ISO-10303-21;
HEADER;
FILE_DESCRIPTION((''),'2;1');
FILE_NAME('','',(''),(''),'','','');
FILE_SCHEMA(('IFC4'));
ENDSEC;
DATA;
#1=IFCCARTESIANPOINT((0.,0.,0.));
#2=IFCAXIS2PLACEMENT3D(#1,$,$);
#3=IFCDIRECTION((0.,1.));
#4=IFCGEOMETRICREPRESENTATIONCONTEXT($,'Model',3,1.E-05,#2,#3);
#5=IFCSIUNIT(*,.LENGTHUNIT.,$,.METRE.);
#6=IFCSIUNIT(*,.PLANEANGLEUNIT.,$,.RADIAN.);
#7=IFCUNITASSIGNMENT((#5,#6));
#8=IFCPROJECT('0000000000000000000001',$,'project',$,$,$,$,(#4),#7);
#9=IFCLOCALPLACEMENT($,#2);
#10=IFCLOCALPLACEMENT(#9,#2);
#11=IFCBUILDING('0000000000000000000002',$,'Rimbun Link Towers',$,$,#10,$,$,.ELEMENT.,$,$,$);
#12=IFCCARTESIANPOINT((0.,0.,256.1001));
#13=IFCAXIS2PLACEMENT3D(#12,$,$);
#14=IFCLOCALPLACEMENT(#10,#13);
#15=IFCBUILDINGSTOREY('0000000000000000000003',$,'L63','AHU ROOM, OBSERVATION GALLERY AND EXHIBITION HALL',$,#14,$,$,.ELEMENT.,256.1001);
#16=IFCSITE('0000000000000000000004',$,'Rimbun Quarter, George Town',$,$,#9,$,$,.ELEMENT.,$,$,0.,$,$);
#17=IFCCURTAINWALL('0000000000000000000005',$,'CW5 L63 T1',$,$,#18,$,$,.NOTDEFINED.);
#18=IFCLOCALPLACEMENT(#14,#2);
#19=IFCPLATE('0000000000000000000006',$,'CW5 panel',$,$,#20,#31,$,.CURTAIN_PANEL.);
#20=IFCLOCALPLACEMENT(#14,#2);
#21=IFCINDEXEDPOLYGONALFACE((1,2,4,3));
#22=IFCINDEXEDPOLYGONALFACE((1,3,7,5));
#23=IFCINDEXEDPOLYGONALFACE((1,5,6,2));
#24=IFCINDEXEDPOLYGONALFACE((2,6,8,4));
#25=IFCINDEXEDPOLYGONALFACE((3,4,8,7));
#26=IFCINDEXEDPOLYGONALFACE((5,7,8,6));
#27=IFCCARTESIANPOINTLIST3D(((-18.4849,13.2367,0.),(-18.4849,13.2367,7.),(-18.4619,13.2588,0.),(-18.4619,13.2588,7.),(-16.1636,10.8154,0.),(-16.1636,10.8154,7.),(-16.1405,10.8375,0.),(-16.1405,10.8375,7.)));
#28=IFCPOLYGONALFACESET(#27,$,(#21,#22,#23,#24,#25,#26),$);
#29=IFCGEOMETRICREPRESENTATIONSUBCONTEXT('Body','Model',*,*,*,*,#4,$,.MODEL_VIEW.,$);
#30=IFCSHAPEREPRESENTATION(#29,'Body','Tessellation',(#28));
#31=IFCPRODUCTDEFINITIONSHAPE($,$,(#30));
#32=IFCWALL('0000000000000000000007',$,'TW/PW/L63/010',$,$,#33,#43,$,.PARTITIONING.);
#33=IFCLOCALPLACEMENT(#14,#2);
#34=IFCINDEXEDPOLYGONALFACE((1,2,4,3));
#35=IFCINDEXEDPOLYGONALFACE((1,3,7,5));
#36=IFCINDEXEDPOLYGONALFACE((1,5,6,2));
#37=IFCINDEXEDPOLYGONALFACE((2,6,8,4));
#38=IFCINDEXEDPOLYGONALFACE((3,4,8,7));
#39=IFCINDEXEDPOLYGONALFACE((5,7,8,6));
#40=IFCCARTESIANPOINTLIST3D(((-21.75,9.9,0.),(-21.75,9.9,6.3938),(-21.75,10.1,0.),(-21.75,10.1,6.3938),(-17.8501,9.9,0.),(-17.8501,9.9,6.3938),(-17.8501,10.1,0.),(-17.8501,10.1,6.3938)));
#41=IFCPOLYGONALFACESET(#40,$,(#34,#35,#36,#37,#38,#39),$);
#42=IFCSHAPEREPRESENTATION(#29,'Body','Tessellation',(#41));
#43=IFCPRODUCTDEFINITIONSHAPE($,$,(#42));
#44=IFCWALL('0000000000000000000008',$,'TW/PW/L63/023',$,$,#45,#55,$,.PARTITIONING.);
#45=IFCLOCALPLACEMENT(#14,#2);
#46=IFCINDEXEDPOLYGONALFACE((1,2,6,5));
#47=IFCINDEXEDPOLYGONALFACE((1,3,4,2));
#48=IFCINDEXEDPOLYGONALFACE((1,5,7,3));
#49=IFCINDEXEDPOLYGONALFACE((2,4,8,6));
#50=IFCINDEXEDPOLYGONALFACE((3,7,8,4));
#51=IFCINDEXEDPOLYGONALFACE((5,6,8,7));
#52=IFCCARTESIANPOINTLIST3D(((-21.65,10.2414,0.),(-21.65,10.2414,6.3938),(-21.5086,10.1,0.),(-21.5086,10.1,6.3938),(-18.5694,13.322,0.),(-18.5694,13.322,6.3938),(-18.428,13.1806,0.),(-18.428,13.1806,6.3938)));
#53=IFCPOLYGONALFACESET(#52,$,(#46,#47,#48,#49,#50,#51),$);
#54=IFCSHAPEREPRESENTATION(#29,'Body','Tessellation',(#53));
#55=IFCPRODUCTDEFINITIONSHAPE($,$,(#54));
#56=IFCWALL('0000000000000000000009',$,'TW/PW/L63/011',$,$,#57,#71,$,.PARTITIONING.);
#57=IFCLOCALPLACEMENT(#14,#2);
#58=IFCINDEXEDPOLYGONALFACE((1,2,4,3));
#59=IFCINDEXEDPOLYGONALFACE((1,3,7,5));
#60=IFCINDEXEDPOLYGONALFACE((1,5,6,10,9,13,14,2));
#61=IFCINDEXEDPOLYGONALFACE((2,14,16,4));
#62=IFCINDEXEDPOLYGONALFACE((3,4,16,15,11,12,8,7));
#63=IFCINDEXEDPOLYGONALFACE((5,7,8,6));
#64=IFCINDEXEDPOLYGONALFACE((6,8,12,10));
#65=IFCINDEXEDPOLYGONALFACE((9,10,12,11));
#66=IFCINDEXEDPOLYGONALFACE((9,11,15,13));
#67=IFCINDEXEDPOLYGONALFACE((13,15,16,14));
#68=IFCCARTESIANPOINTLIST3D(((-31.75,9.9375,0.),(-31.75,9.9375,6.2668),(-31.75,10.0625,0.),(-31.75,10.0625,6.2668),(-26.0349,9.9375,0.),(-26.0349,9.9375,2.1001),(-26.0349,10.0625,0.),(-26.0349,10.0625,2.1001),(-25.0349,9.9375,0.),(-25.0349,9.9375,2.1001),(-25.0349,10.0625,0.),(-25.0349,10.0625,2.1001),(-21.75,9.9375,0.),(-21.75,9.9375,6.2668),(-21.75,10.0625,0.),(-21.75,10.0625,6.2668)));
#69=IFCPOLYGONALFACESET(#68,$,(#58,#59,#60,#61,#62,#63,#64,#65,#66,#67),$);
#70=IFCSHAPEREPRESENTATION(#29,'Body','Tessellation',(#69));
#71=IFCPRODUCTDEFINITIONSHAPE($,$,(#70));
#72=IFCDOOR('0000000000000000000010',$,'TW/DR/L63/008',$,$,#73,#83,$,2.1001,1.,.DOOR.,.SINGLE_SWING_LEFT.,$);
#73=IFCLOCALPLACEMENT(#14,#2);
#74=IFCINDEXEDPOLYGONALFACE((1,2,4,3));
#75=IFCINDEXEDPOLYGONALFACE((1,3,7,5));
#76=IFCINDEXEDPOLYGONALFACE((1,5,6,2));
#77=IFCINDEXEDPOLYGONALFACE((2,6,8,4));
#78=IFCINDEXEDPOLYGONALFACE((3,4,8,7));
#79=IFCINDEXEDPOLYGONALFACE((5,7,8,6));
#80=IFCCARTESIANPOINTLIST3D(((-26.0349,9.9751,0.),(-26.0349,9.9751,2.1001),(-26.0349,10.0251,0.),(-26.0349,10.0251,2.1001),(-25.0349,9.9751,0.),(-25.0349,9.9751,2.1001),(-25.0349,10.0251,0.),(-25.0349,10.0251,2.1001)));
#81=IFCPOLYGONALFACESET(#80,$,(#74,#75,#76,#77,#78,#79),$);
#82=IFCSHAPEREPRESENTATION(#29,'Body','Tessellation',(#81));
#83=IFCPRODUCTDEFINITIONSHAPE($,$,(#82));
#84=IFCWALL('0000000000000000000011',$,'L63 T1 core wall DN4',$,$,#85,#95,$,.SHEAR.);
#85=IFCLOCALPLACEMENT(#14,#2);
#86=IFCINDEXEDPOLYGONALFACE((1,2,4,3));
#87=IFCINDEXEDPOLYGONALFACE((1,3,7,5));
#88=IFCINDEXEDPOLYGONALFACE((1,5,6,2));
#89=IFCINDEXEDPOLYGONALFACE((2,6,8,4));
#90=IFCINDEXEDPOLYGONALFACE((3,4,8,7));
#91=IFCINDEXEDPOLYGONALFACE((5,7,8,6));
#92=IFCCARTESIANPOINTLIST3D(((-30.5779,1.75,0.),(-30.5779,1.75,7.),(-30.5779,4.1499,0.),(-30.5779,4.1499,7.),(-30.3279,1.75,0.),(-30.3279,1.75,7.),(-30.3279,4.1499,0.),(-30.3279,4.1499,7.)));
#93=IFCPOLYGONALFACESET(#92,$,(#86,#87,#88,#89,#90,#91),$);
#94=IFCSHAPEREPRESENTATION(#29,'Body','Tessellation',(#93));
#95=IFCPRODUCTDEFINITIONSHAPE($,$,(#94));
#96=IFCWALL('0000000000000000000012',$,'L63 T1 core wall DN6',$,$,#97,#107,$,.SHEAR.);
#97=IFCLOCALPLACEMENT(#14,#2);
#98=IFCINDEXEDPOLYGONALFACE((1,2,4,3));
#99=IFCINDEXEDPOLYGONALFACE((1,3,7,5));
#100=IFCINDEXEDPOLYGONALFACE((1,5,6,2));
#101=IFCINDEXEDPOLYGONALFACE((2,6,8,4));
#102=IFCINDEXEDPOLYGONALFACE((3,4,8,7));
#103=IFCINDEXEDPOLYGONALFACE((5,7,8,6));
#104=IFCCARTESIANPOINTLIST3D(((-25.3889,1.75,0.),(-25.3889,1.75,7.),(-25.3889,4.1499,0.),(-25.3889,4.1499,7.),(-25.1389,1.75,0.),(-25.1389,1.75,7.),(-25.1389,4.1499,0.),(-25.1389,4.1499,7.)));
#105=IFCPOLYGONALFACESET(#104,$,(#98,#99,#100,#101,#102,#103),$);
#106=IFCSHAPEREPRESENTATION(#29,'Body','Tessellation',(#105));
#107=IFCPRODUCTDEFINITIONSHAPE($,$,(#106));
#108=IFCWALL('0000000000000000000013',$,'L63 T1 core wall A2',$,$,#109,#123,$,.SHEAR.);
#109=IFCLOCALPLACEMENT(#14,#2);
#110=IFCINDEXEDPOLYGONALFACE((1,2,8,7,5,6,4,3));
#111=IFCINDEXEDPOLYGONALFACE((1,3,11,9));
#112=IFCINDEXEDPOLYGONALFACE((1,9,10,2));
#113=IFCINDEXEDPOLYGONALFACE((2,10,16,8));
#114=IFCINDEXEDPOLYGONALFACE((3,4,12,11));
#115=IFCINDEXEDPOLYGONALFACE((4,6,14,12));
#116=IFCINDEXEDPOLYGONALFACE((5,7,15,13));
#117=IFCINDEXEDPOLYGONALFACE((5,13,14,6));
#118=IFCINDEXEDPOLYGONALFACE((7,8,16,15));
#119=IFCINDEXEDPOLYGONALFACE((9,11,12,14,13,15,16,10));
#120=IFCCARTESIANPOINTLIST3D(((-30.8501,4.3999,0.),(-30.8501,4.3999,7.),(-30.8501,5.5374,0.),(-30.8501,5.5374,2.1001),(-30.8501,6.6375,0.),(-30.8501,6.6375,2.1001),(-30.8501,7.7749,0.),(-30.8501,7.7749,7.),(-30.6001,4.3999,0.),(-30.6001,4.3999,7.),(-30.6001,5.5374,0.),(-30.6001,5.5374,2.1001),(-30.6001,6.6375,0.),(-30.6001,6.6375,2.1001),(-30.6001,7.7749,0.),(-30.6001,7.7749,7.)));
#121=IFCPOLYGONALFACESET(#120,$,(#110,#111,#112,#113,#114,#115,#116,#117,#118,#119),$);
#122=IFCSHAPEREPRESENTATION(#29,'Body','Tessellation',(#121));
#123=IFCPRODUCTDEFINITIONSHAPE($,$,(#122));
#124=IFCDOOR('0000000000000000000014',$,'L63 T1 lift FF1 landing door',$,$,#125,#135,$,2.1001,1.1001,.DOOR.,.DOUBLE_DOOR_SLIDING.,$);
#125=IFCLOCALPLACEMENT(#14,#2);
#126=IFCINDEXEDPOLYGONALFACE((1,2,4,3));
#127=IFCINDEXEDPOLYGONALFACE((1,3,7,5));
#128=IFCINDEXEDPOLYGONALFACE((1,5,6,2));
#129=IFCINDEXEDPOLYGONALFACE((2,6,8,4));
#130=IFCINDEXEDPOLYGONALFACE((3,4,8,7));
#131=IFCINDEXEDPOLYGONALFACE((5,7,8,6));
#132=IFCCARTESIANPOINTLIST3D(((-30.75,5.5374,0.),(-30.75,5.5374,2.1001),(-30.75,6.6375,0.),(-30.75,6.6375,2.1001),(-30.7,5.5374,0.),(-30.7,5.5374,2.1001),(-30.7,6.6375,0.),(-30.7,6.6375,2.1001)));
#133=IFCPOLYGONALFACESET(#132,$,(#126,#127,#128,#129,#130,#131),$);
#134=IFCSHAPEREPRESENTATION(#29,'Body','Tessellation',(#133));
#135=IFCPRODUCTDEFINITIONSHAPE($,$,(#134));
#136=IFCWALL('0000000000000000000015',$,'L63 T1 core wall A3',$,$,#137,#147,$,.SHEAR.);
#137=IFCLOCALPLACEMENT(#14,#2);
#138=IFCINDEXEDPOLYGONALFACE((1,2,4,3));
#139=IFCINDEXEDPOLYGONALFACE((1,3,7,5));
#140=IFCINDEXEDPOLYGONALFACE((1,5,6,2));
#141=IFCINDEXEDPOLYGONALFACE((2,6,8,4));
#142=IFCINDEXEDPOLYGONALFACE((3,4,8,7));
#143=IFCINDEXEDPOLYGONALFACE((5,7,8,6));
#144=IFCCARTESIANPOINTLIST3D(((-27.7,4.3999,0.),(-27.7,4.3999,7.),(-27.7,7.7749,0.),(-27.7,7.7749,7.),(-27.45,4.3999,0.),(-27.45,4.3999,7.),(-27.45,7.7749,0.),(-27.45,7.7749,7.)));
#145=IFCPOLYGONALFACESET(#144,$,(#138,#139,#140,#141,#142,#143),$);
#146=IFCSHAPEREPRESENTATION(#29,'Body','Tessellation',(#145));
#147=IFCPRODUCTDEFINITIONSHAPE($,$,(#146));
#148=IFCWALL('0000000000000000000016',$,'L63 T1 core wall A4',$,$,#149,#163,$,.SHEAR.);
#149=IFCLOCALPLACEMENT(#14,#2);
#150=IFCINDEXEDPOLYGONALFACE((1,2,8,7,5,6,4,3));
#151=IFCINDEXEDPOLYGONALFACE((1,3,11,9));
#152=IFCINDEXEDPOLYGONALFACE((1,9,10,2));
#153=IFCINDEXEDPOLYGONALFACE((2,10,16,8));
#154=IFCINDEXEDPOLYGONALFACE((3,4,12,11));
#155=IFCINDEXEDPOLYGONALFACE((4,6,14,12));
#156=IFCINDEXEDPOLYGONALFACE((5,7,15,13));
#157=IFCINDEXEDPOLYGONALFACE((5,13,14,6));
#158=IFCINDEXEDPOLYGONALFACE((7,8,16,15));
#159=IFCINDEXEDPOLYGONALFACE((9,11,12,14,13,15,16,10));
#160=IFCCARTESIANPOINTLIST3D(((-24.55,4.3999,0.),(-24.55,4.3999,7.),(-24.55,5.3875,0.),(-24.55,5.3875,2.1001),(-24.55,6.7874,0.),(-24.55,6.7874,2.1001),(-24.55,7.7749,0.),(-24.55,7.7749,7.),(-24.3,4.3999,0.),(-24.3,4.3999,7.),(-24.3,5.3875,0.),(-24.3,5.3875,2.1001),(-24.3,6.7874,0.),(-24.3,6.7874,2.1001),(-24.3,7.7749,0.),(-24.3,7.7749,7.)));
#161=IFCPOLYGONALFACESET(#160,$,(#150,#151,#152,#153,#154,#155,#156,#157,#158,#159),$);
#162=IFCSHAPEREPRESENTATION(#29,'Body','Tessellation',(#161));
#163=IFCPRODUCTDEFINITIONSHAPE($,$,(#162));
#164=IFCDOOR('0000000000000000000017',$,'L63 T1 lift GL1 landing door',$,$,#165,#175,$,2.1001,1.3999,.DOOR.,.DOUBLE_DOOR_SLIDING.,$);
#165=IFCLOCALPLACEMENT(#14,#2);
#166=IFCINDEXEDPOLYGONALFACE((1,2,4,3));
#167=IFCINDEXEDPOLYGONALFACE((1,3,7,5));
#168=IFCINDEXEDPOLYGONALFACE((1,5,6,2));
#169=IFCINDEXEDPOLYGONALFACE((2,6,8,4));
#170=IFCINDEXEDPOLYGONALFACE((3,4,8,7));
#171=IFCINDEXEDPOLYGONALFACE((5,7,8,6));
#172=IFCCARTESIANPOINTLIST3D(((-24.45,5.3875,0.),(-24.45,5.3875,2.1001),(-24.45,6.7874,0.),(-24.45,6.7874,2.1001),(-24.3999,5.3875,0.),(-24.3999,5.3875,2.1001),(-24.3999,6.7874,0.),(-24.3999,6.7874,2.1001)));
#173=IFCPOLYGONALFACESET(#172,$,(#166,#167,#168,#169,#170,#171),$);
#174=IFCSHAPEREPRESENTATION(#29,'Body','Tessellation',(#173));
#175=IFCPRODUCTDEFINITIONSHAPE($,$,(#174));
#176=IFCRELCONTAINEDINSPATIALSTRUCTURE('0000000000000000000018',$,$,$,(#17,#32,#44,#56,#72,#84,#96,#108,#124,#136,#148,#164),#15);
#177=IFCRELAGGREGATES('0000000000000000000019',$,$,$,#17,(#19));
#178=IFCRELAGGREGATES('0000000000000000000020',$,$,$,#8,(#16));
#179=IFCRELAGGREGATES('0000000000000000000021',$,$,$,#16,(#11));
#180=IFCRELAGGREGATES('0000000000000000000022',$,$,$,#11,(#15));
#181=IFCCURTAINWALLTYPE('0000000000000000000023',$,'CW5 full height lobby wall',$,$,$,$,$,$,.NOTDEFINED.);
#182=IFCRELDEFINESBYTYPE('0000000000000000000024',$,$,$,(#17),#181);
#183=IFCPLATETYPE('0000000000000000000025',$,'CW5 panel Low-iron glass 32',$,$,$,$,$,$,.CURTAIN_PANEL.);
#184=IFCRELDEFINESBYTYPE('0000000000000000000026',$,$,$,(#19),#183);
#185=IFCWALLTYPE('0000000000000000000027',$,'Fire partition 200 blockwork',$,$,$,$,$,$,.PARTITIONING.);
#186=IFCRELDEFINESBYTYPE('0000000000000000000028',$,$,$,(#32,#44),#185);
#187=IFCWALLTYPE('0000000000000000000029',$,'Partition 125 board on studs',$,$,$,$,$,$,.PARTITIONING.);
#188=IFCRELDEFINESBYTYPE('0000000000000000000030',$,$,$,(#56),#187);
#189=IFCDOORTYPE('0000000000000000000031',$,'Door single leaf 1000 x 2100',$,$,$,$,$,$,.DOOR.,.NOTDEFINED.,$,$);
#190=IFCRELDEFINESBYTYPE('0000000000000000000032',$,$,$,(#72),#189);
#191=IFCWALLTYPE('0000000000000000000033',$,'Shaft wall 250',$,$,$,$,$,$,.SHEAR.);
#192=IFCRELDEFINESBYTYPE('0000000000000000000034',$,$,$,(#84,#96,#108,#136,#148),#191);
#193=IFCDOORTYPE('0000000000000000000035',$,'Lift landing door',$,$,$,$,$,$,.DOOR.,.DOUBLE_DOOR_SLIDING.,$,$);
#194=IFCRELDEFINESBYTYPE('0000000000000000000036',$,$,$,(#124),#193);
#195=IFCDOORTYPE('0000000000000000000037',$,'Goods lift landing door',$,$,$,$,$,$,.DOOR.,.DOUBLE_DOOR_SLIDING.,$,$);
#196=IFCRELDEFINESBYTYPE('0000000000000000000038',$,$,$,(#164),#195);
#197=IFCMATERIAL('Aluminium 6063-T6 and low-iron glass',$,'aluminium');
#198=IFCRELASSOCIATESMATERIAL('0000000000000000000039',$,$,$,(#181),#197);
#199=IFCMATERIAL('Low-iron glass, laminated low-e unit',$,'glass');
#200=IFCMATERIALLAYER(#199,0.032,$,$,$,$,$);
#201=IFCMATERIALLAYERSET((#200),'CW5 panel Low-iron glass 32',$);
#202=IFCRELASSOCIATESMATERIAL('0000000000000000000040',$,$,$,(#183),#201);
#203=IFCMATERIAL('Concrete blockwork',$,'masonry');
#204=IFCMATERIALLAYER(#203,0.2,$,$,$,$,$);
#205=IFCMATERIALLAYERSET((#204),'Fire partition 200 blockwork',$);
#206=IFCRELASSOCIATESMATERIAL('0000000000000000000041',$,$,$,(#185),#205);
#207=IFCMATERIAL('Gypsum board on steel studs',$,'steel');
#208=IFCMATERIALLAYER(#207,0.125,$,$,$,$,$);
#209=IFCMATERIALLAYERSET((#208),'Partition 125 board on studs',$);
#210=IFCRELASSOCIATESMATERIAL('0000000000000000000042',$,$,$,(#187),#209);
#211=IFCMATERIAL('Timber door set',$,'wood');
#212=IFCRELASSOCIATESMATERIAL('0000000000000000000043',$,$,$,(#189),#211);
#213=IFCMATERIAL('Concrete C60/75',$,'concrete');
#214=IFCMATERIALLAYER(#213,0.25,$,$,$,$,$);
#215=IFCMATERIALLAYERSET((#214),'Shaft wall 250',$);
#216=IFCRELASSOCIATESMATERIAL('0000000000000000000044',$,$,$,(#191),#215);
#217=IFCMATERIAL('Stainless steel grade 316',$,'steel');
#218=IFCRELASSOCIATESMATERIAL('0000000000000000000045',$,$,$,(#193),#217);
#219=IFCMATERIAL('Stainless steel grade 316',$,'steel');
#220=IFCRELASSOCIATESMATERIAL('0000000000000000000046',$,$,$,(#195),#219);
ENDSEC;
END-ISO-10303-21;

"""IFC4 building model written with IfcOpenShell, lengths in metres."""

from ifc_helpers import new_model, si_unit, direction, frame, frame_2d, origin, origin_2d, place, context, subcontext, project, spatial, rectangle, extrude, material, layer, layer_set, type_object, element, fill, aggregate, save


model = new_model("IFC4")

# Units and contexts
model_context = context("Model", 3, precision=1e-05, world=origin(), true_north=direction((0.0, 1.0)))
body_context = subcontext(model_context, "Body", "Model", "MODEL_VIEW")
ifc_project = project(units=[si_unit("LENGTHUNIT", "METRE"), si_unit("PLANEANGLEUNIT", "RADIAN")], contexts=[model_context])

# Site, building, storey
site_placement = place(None, origin())
site = spatial("IfcSite", under=ifc_project, at=site_placement, Name="Rimbun Quarter, George Town", CompositionType="ELEMENT", RefElevation=0.0)
building_placement = place(site_placement, origin())
building = spatial("IfcBuilding", under=site, at=building_placement, Name="Rimbun Link Towers", CompositionType="ELEMENT")
storey_placement = place(building_placement, frame((0.0, 0.0, 256.1001)))
storey = spatial("IfcBuildingStorey", under=building, at=storey_placement, Name="L63", Description="AHU ROOM, OBSERVATION GALLERY AND EXHIBITION HALL", CompositionType="ELEMENT", Elevation=256.1001)

# Curtain wall
ifc_material_1 = material(Name="Aluminium 6063-T6 and low-iron glass", Category="aluminium")
curtain_wall_type = type_object("IfcCurtainWallType", Name="CW5 full height lobby wall", PredefinedType="NOTDEFINED", material=ifc_material_1)
curtain_wall_placement = place(storey_placement, origin())
curtain_wall = element("IfcCurtainWall", 1, at=curtain_wall_placement, inside=storey, type_object=curtain_wall_type, Name="CW5 L63 T1", PredefinedType="NOTDEFINED")

# Plate
ifc_material_2 = material(Name="Low-iron glass, laminated low-e unit", Category="glass")
ifc_layer_1 = layer(ifc_material_2, 0.032)
ifc_layer_set_1 = layer_set([ifc_layer_1], Name="CW5 panel Low-iron glass 32")
plate_type = type_object("IfcPlateType", Name="CW5 panel Low-iron glass 32", PredefinedType="CURTAIN_PANEL", material=ifc_layer_set_1)
plate_placement = place(storey_placement, frame((-17.3127, 12.0371, 0.0), z_axis=(0.0, 0.0, 1.0), x_axis=(0.692053, -0.721847, 0.0)))
plate = element("IfcPlate", 2, at=plate_placement, type_object=plate_type, Name="CW5 panel", PredefinedType="CURTAIN_PANEL", context=body_context, shape_type="SweptSolid", body=[
    extrude(rectangle(XDim=3.3542, YDim=0.032, at=origin_2d()), origin(), (0.0, 0.0, 1.0), 7.0),
])
aggregate(curtain_wall, [plate])

# Walls
ifc_material_3 = material(Name="Concrete blockwork", Category="masonry")
ifc_layer_2 = layer(ifc_material_3, 0.2)
ifc_layer_set_2 = layer_set([ifc_layer_2], Name="Fire partition 200 blockwork")
wall_type_1 = type_object("IfcWallType", Name="Fire partition 200 blockwork", PredefinedType="PARTITIONING", material=ifc_layer_set_2)
wall_1_placement = place(storey_placement, frame((-17.8501, 10.0, 0.0), z_axis=(0.0, 0.0, 1.0), x_axis=(-1.0, 0.0, 0.0)))
element("IfcWall", 3, at=wall_1_placement, inside=storey, type_object=wall_type_1, Name="TW/PW/L63/010", PredefinedType="PARTITIONING", context=body_context, shape_type="SweptSolid", body=[
    extrude(rectangle(XDim=3.8999, YDim=0.2, at=frame_2d((1.95, 0.0))), origin(), (0.0, 0.0, 1.0), 6.3938),
])
wall_2_placement = place(storey_placement, frame((-18.4988, 13.2512, 0.0), z_axis=(0.0, 0.0, 1.0), x_axis=(-0.707107, -0.707107, 0.0)))
element("IfcWall", 4, at=wall_2_placement, inside=storey, type_object=wall_type_1, Name="TW/PW/L63/023", PredefinedType="PARTITIONING", context=body_context, shape_type="SweptSolid", body=[
    extrude(rectangle(XDim=4.3567, YDim=0.2, at=frame_2d((2.1782, 0.0))), origin(), (0.0, 0.0, 1.0), 6.3938),
])

# Wall, opening, door
ifc_material_4 = material(Name="Gypsum board on steel studs", Category="steel")
ifc_layer_3 = layer(ifc_material_4, 0.125)
ifc_layer_set_3 = layer_set([ifc_layer_3], Name="Partition 125 board on studs")
wall_type_2 = type_object("IfcWallType", Name="Partition 125 board on studs", PredefinedType="PARTITIONING", material=ifc_layer_set_3)
wall_3_placement = place(storey_placement, frame((-21.75, 10.0, 0.0), z_axis=(0.0, 0.0, 1.0), x_axis=(-1.0, 0.0, 0.0)))
wall_3 = element("IfcWall", 5, at=wall_3_placement, inside=storey, type_object=wall_type_2, Name="TW/PW/L63/011", PredefinedType="PARTITIONING", context=body_context, shape_type="SweptSolid", body=[
    extrude(rectangle(XDim=10.0, YDim=0.125, at=frame_2d((5.0, 0.0))), origin(), (0.0, 0.0, 1.0), 6.2668),
])
opening_1_placement = place(wall_3_placement, frame((3.2849, 0.0, 0.0)))
opening_1 = element("IfcOpeningElement", 6, at=opening_1_placement, cuts=wall_3, PredefinedType="OPENING", context=body_context, shape_type="SweptSolid", body=[
    extrude(rectangle(XDim=1.0, YDim=2.1001, at=frame_2d((0.5, 1.05))), frame((0.0, 0.0725, 0.0), z_axis=(0.0, -1.0, 0.0), x_axis=(1.0, 0.0, 0.0)), (0.0, 0.0, 1.0), 0.145),
])
ifc_material_5 = material(Name="Timber door set", Category="wood")
door_type_1 = type_object("IfcDoorType", Name="Door single leaf 1000 x 2100", OperationType="NOTDEFINED", PredefinedType="DOOR", material=ifc_material_5)
door_1_placement = place(opening_1_placement, origin())
door_1 = element("IfcDoor", 7, at=door_1_placement, inside=storey, type_object=door_type_1, Name="TW/DR/L63/008", OperationType="SINGLE_SWING_LEFT", OverallHeight=2.1001, OverallWidth=1.0, PredefinedType="DOOR", context=body_context, shape_type="SweptSolid", body=[
    extrude(rectangle(XDim=1.0, YDim=2.1001, at=frame_2d((0.5, 1.05))), frame((0.0, 0.0249, 0.0), z_axis=(0.0, -1.0, 0.0), x_axis=(1.0, 0.0, 0.0)), (0.0, 0.0, 1.0), 0.05),
])
fill(opening_1, door_1)

# Walls
ifc_material_6 = material(Name="Concrete C60/75", Category="concrete")
ifc_layer_4 = layer(ifc_material_6, 0.25)
ifc_layer_set_4 = layer_set([ifc_layer_4], Name="Shaft wall 250")
wall_type_3 = type_object("IfcWallType", Name="Shaft wall 250", PredefinedType="SHEAR", material=ifc_layer_set_4)
for number, where, z_axis, x_axis, name in (
    (8, (-30.4529, 1.75, 0.0), (0.0, 0.0, 1.0), (0.0, 1.0, 0.0), "L63 T1 core wall DN4"),
    (9, (-25.2639, 1.75, 0.0), (0.0, 0.0, 1.0), (0.0, 1.0, 0.0), "L63 T1 core wall DN6"),
):
    element("IfcWall", number, at=place(storey_placement, frame(where, z_axis=z_axis, x_axis=x_axis)), inside=storey, type_object=wall_type_3, Name=name, PredefinedType="SHEAR", context=body_context, shape_type="SweptSolid", body=[
        extrude(rectangle(XDim=2.3999, YDim=0.25, at=frame_2d((1.2, 0.0))), origin(), (0.0, 0.0, 1.0), 7.0),
    ])

# Wall, opening, door
wall_4_placement = place(storey_placement, frame((-30.7251, 4.3999, 0.0), z_axis=(0.0, 0.0, 1.0), x_axis=(0.0, 1.0, 0.0)))
wall_4 = element("IfcWall", 10, at=wall_4_placement, inside=storey, type_object=wall_type_3, Name="L63 T1 core wall A2", PredefinedType="SHEAR", context=body_context, shape_type="SweptSolid", body=[
    extrude(rectangle(XDim=3.375, YDim=0.25, at=frame_2d((1.6875, 0.0))), origin(), (0.0, 0.0, 1.0), 7.0),
])
opening_2_placement = place(wall_4_placement, frame((1.1375, 0.0, 0.0)))
opening_2 = element("IfcOpeningElement", 11, at=opening_2_placement, cuts=wall_4, PredefinedType="OPENING", context=body_context, shape_type="SweptSolid", body=[
    extrude(rectangle(XDim=1.1001, YDim=2.1001, at=frame_2d((0.55, 1.05))), frame((0.0, 0.135, 0.0), z_axis=(0.0, -1.0, 0.0), x_axis=(1.0, 0.0, 0.0)), (0.0, 0.0, 1.0), 0.27),
])
ifc_material_7 = material(Name="Stainless steel grade 316", Category="steel")
door_type_2 = type_object("IfcDoorType", Name="Lift landing door", OperationType="DOUBLE_DOOR_SLIDING", PredefinedType="DOOR", material=ifc_material_7)
door_2_placement = place(opening_2_placement, origin())
door_2 = element("IfcDoor", 12, at=door_2_placement, inside=storey, type_object=door_type_2, Name="L63 T1 lift FF1 landing door", OperationType="DOUBLE_DOOR_SLIDING", OverallHeight=2.1001, OverallWidth=1.1001, PredefinedType="DOOR", context=body_context, shape_type="SweptSolid", body=[
    extrude(rectangle(XDim=1.1001, YDim=2.1001, at=frame_2d((0.55, 1.05))), frame((0.0, 0.0249, 0.0), z_axis=(0.0, -1.0, 0.0), x_axis=(1.0, 0.0, 0.0)), (0.0, 0.0, 1.0), 0.05),
])
fill(opening_2, door_2)

# Wall
wall_5_placement = place(storey_placement, frame((-27.575, 4.3999, 0.0), z_axis=(0.0, 0.0, 1.0), x_axis=(0.0, 1.0, 0.0)))
element("IfcWall", 13, at=wall_5_placement, inside=storey, type_object=wall_type_3, Name="L63 T1 core wall A3", PredefinedType="SHEAR", context=body_context, shape_type="SweptSolid", body=[
    extrude(rectangle(XDim=3.375, YDim=0.25, at=frame_2d((1.6875, 0.0))), origin(), (0.0, 0.0, 1.0), 7.0),
])

# Wall, opening, door
wall_6_placement = place(storey_placement, frame((-24.425, 4.3999, 0.0), z_axis=(0.0, 0.0, 1.0), x_axis=(0.0, 1.0, 0.0)))
wall_6 = element("IfcWall", 14, at=wall_6_placement, inside=storey, type_object=wall_type_3, Name="L63 T1 core wall A4", PredefinedType="SHEAR", context=body_context, shape_type="SweptSolid", body=[
    extrude(rectangle(XDim=3.375, YDim=0.25, at=frame_2d((1.6875, 0.0))), origin(), (0.0, 0.0, 1.0), 7.0),
])
opening_3_placement = place(wall_6_placement, frame((0.9875, 0.0, 0.0)))
opening_3 = element("IfcOpeningElement", 15, at=opening_3_placement, cuts=wall_6, PredefinedType="OPENING", context=body_context, shape_type="SweptSolid", body=[
    extrude(rectangle(XDim=1.3999, YDim=2.1001, at=frame_2d((0.7, 1.05))), frame((0.0, 0.135, 0.0), z_axis=(0.0, -1.0, 0.0), x_axis=(1.0, 0.0, 0.0)), (0.0, 0.0, 1.0), 0.27),
])
ifc_material_8 = material(Name="Stainless steel grade 316", Category="steel")
door_type_3 = type_object("IfcDoorType", Name="Goods lift landing door", OperationType="DOUBLE_DOOR_SLIDING", PredefinedType="DOOR", material=ifc_material_8)
door_3_placement = place(opening_3_placement, origin())
door_3 = element("IfcDoor", 16, at=door_3_placement, inside=storey, type_object=door_type_3, Name="L63 T1 lift GL1 landing door", OperationType="DOUBLE_DOOR_SLIDING", OverallHeight=2.1001, OverallWidth=1.3999, PredefinedType="DOOR", context=body_context, shape_type="SweptSolid", body=[
    extrude(rectangle(XDim=1.3999, YDim=2.1001, at=frame_2d((0.7, 1.05))), frame((0.0, 0.0249, 0.0), z_axis=(0.0, -1.0, 0.0), x_axis=(1.0, 0.0, 0.0)), (0.0, 0.0, 1.0), 0.05),
])
fill(opening_3, door_3)

save(model, "model.ifc")
